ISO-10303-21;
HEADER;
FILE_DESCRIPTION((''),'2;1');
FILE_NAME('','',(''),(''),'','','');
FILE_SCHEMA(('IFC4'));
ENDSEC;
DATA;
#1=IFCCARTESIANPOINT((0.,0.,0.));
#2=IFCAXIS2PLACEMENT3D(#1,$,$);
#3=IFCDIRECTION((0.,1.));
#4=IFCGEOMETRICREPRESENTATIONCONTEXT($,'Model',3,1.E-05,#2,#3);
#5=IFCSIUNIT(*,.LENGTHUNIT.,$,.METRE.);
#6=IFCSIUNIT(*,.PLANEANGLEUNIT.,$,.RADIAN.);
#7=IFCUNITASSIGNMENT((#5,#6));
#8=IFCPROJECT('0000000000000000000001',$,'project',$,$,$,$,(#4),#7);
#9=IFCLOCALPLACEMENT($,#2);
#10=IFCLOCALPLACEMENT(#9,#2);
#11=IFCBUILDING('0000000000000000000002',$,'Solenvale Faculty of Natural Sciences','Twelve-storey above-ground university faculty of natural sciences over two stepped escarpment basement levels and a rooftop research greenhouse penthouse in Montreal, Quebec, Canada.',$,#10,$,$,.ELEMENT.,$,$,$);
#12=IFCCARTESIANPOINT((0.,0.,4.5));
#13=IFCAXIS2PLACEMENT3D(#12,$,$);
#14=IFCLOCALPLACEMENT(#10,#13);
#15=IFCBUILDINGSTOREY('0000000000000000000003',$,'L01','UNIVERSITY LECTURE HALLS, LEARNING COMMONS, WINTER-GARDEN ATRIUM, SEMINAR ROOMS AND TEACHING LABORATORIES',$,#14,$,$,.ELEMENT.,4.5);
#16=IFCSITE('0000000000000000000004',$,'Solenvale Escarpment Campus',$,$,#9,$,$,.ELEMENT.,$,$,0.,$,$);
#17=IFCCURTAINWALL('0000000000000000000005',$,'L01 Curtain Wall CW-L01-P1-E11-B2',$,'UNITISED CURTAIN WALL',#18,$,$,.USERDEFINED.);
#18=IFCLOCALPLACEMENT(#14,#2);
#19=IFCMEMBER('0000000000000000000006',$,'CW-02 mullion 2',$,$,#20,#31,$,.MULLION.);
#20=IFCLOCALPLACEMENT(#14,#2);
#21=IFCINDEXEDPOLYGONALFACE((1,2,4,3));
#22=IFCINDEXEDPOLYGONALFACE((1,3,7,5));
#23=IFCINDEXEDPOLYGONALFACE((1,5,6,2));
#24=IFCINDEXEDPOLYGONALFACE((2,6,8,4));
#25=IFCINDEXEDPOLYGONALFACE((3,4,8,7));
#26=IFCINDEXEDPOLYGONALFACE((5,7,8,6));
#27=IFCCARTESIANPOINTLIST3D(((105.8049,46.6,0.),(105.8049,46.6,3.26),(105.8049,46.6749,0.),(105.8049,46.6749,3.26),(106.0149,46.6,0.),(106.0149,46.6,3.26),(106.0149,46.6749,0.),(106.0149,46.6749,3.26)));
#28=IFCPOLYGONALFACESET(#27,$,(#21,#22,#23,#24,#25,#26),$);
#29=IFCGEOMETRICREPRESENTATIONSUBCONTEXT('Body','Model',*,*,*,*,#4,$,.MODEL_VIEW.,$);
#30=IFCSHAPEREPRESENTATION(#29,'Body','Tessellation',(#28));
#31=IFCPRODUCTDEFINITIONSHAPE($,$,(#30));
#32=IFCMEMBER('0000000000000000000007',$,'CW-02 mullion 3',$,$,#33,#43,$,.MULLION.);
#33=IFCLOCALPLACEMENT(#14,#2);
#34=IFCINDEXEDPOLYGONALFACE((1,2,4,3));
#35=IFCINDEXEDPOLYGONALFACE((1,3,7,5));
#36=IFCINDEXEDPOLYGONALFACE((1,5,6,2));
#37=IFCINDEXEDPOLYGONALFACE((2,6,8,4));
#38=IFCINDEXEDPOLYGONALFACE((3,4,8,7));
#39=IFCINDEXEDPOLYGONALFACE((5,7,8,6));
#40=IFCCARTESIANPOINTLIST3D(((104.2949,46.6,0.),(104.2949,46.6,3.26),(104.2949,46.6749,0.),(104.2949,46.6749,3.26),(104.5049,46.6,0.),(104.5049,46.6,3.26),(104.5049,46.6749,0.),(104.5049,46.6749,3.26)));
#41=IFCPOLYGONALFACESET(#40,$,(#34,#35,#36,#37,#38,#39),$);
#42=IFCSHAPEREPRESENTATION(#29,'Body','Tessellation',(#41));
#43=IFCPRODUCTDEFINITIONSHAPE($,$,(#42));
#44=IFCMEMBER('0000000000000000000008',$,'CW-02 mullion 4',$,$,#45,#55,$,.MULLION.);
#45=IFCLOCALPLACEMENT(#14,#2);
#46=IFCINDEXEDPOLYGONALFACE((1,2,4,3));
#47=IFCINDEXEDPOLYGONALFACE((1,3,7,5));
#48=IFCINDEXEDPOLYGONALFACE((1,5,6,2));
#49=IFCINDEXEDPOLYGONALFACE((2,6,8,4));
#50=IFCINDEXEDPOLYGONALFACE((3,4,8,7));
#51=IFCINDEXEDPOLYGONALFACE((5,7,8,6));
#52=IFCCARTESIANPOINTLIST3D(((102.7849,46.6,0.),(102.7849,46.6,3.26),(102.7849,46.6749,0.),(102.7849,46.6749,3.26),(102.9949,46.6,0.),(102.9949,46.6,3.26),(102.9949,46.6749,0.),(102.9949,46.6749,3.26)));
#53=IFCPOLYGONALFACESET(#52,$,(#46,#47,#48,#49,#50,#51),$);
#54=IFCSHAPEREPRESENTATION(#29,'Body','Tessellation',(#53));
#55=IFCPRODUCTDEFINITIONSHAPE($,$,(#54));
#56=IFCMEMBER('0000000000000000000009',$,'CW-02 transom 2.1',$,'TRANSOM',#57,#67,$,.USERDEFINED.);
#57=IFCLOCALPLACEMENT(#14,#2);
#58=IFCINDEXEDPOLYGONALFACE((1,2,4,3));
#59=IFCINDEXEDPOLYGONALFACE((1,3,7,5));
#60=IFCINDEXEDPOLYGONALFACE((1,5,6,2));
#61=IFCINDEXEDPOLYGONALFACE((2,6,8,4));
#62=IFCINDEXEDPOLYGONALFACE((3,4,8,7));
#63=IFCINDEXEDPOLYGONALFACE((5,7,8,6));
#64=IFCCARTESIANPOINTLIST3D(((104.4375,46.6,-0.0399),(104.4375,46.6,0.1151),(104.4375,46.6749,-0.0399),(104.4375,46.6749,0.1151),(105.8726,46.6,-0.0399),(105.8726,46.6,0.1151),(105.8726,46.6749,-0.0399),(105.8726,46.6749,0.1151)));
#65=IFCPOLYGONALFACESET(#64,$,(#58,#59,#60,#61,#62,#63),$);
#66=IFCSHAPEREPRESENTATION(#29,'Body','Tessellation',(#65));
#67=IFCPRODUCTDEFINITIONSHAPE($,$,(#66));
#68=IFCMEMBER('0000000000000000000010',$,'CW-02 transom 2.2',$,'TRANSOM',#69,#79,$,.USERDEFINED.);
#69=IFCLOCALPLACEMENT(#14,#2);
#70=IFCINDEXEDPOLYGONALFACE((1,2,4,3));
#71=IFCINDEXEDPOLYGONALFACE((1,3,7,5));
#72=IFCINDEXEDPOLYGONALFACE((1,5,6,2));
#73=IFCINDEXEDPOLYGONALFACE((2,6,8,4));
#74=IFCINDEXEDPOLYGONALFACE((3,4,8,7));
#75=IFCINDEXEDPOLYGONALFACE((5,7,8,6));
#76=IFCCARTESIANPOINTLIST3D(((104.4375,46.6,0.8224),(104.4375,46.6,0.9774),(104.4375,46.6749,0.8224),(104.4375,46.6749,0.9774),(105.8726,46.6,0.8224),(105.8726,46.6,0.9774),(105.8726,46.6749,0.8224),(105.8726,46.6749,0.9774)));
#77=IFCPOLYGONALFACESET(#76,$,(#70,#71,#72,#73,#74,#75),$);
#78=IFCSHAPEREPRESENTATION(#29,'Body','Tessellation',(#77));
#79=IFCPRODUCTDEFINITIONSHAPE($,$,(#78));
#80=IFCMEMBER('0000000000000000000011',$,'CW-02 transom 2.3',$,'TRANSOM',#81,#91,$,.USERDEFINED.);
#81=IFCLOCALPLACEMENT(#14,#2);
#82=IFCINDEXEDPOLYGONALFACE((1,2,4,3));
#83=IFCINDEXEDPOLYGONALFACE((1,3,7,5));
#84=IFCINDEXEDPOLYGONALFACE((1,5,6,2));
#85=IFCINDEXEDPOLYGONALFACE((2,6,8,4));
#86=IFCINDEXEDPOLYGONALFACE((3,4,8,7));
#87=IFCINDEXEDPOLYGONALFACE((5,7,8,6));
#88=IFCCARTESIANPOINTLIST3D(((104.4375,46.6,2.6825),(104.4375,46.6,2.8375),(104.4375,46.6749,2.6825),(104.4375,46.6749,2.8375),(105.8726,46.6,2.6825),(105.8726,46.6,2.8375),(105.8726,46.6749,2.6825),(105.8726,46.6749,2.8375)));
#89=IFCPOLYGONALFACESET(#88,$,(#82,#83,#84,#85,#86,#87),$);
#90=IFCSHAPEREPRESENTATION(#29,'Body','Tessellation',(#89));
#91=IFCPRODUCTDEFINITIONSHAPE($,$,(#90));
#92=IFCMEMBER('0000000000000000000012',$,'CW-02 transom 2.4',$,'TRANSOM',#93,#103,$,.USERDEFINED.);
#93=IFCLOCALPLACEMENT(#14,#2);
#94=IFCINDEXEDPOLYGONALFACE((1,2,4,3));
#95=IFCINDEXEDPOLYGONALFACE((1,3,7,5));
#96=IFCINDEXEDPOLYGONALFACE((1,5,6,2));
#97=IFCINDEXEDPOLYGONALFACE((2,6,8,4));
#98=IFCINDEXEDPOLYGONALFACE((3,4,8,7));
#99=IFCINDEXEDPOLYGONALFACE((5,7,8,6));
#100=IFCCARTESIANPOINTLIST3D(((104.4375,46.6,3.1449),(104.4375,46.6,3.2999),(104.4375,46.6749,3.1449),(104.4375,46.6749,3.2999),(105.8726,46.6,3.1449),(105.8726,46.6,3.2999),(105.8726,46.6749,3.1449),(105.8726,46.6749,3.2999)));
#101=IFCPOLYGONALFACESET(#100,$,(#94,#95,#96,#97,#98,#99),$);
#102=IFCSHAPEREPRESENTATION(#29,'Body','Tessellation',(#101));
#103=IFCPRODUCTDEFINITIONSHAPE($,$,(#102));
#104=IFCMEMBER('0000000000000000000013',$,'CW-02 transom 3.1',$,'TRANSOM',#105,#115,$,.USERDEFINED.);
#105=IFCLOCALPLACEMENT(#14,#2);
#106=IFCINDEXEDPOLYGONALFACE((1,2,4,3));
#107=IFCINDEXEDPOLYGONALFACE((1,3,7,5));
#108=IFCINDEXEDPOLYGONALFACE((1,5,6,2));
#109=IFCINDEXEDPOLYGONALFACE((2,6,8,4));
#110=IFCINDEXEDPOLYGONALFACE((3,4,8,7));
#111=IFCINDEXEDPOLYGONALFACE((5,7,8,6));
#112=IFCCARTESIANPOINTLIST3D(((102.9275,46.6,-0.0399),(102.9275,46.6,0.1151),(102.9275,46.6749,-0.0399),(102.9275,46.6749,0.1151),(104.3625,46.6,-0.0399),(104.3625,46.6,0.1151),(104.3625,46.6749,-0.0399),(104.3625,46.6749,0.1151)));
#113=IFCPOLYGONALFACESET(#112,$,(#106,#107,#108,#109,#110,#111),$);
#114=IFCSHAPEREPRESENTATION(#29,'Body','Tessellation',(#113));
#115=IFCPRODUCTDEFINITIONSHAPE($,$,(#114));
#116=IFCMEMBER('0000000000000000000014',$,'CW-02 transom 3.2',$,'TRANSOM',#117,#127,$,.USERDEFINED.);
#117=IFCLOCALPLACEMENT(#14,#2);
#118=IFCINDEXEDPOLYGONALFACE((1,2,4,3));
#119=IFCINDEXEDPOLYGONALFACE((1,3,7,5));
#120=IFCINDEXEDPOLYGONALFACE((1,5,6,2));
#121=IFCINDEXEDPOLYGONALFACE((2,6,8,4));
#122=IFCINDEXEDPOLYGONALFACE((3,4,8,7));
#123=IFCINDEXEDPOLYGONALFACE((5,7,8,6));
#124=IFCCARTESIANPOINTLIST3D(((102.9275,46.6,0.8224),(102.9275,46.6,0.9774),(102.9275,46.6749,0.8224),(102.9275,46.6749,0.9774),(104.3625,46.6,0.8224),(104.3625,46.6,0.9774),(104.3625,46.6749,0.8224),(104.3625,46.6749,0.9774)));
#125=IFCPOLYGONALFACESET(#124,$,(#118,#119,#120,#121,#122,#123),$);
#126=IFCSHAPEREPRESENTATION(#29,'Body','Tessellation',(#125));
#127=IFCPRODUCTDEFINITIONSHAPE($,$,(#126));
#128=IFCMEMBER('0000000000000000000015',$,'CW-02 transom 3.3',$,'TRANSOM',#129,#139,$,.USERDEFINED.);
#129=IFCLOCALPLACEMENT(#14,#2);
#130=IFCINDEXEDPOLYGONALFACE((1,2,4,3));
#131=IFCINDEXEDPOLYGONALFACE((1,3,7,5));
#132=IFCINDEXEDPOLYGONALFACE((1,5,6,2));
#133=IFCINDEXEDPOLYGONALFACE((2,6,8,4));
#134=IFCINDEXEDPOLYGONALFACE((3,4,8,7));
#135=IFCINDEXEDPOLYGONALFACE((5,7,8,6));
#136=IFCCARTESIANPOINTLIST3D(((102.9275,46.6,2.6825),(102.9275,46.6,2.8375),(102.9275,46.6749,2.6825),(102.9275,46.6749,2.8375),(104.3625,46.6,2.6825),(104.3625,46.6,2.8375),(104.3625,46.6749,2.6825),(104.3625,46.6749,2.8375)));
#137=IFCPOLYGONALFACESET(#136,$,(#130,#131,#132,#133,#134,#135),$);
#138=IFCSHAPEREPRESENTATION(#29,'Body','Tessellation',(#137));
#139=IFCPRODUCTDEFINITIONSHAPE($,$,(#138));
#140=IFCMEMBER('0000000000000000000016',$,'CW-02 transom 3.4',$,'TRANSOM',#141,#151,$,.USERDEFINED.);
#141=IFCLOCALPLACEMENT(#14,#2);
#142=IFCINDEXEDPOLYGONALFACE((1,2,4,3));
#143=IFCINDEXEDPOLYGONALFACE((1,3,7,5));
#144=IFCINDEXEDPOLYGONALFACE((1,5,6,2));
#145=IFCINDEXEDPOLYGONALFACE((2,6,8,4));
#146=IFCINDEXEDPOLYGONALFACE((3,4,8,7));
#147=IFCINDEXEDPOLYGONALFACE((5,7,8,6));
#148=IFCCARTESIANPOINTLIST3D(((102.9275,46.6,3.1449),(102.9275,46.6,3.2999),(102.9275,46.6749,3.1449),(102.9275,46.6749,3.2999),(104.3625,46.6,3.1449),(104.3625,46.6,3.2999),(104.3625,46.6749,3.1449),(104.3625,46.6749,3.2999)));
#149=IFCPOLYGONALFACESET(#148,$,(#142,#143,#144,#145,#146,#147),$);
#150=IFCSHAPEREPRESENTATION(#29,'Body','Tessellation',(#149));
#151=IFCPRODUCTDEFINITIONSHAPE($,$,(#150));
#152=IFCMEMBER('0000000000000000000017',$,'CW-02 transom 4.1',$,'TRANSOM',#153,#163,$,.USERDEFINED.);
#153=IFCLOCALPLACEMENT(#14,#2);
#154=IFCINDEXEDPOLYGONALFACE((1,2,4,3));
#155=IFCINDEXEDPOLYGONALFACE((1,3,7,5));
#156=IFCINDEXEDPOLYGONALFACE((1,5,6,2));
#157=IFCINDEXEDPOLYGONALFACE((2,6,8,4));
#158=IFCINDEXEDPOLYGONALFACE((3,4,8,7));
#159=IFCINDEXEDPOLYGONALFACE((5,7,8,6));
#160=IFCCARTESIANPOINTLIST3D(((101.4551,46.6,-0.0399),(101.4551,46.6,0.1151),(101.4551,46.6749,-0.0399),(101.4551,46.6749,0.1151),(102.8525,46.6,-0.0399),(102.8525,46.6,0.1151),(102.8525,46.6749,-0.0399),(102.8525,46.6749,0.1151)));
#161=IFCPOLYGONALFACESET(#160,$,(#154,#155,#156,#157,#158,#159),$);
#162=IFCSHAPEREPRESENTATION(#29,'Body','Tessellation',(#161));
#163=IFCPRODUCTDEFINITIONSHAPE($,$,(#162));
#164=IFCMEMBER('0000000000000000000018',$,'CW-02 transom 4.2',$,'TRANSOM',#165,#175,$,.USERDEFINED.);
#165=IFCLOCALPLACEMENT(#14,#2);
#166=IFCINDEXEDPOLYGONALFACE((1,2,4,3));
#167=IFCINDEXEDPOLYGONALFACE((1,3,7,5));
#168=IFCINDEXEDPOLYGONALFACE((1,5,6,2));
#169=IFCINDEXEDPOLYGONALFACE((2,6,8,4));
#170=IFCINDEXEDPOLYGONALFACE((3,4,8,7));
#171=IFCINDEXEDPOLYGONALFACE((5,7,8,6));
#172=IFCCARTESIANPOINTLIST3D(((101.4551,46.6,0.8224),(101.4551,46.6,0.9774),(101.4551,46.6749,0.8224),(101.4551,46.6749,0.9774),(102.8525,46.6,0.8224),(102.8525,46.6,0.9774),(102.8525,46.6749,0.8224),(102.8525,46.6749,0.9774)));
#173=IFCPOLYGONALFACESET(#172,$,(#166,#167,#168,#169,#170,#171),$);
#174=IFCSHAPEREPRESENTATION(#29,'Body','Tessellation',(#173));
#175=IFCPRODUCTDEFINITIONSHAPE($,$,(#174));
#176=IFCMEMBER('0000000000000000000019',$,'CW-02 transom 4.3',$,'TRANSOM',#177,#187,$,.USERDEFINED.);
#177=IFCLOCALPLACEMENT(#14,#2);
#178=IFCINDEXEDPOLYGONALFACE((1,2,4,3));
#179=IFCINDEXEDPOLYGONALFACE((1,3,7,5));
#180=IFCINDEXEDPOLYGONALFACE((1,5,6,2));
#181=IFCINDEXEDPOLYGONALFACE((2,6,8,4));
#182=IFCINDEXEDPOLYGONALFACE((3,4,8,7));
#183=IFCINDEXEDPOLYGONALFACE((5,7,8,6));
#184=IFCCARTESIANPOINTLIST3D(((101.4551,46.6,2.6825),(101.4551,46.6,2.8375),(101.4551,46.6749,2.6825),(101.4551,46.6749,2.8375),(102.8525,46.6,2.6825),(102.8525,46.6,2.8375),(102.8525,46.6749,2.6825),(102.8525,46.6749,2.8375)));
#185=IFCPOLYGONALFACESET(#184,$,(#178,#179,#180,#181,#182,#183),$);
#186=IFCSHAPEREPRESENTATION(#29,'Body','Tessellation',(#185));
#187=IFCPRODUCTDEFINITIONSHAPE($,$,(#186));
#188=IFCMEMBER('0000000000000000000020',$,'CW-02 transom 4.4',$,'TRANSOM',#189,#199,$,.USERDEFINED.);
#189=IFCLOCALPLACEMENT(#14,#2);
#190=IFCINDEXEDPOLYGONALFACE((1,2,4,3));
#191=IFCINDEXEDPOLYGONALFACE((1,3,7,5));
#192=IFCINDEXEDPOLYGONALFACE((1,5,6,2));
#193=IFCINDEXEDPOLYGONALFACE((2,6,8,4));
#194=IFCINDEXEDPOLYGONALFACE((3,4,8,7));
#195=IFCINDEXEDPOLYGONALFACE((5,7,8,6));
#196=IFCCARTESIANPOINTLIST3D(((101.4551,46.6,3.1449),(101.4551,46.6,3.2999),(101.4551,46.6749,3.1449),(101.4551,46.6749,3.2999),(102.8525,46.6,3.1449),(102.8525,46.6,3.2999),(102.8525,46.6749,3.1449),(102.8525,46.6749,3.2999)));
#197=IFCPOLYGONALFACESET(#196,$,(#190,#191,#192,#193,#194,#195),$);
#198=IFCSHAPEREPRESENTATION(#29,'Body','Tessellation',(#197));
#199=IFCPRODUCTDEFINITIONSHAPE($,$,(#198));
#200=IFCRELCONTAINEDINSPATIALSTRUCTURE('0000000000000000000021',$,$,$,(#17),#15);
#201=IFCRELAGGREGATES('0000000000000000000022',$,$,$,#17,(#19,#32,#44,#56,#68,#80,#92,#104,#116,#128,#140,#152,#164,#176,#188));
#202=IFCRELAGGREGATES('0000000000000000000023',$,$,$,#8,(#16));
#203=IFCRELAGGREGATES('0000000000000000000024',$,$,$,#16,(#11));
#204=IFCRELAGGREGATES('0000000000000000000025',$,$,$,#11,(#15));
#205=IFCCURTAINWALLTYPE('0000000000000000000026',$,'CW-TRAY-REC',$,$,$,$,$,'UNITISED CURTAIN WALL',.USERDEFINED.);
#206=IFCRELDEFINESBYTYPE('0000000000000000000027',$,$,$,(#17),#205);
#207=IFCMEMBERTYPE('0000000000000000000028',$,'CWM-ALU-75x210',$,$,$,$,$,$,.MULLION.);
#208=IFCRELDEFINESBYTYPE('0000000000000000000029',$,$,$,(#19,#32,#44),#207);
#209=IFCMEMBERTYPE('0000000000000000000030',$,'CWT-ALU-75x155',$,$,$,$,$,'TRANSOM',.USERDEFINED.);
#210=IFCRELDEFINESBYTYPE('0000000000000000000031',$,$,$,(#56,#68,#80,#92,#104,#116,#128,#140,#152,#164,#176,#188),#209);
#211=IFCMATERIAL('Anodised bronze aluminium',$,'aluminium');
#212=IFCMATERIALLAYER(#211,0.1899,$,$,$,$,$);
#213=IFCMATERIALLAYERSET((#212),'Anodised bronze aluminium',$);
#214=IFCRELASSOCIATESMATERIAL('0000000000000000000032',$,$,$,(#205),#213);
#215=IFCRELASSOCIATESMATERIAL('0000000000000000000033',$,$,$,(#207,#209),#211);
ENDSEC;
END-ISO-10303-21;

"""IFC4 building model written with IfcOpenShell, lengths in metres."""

from ifc_helpers import new_model, si_unit, direction, frame, origin, origin_2d, place, context, subcontext, project, spatial, rectangle, extrude, material, layer, layer_set, material_profile, profile_set, type_object, element, aggregate, save


model = new_model("IFC4")

# Units and contexts
model_context = context("Model", 3, precision=1e-05, world=origin(), true_north=direction((0.0, 1.0)))
body_context = subcontext(model_context, "Body", "Model", "MODEL_VIEW")
ifc_project = project(units=[si_unit("LENGTHUNIT", "METRE"), si_unit("PLANEANGLEUNIT", "RADIAN")], contexts=[model_context])

# Site, building, storey
site_placement = place(None, origin())
site = spatial("IfcSite", under=ifc_project, at=site_placement, Name="Solenvale Escarpment Campus", CompositionType="ELEMENT", RefElevation=0.0)
building_placement = place(site_placement, origin())
building = spatial("IfcBuilding", under=site, at=building_placement, Name="Solenvale Faculty of Natural Sciences", Description="Twelve-storey above-ground university faculty of natural sciences over two stepped escarpment basement levels and a rooftop research greenhouse penthouse in Montreal, Quebec, Canada.", CompositionType="ELEMENT")
storey_placement = place(building_placement, frame((0.0, 0.0, 4.5)))
storey = spatial("IfcBuildingStorey", under=building, at=storey_placement, Name="L01", Description="UNIVERSITY LECTURE HALLS, LEARNING COMMONS, WINTER-GARDEN ATRIUM, SEMINAR ROOMS AND TEACHING LABORATORIES", CompositionType="ELEMENT", Elevation=4.5)

# Curtain wall, members
ifc_material = material(Name="Anodised bronze aluminium", Category="aluminium")
ifc_layer_1 = layer(ifc_material, 0.1899)
ifc_layer_set_1 = layer_set([ifc_layer_1], Name="Anodised bronze aluminium")
curtain_wall_type = type_object("IfcCurtainWallType", Name="CW-TRAY-REC", ElementType="UNITISED CURTAIN WALL", PredefinedType="USERDEFINED", material=ifc_layer_set_1)
curtain_wall_placement = place(storey_placement, origin())
curtain_wall = element("IfcCurtainWall", 1, at=curtain_wall_placement, inside=storey, type_object=curtain_wall_type, Name="L01 Curtain Wall CW-L01-P1-E11-B2", ObjectType="UNITISED CURTAIN WALL", PredefinedType="USERDEFINED")
ifc_material_profile_1 = material_profile(ifc_material, rectangle(XDim=0.075, YDim=0.21, at=origin_2d()), Name="ALU-MUL-75x210")
ifc_profile_set_1 = profile_set([ifc_material_profile_1], Name="Anodised bronze aluminium")
member_type_1 = type_object("IfcMemberType", Name="CWM-ALU-75x210", PredefinedType="MULLION", material=ifc_profile_set_1)
member_1_placement = place(storey_placement, frame((105.9099, 46.6375, 0.0), z_axis=(0.0, 0.0, 1.0), x_axis=(0.0, -1.0, 0.0)))
member_1 = element("IfcMember", 2, at=member_1_placement, type_object=member_type_1, Name="CW-02 mullion 2", PredefinedType="MULLION", context=body_context, shape_type="SweptSolid", body=[
    extrude(rectangle(XDim=0.075, YDim=0.21, at=origin_2d()), origin(), (0.0, 0.0, 1.0), 3.26),
])
member_2_placement = place(storey_placement, frame((104.3999, 46.6375, 0.0), z_axis=(0.0, 0.0, 1.0), x_axis=(0.0, -1.0, 0.0)))
member_2 = element("IfcMember", 3, at=member_2_placement, type_object=member_type_1, Name="CW-02 mullion 3", PredefinedType="MULLION", context=body_context, shape_type="SweptSolid", body=[
    extrude(rectangle(XDim=0.075, YDim=0.21, at=origin_2d()), origin(), (0.0, 0.0, 1.0), 3.26),
])
member_3_placement = place(storey_placement, frame((102.8899, 46.6375, 0.0), z_axis=(0.0, 0.0, 1.0), x_axis=(0.0, -1.0, 0.0)))
member_3 = element("IfcMember", 4, at=member_3_placement, type_object=member_type_1, Name="CW-02 mullion 4", PredefinedType="MULLION", context=body_context, shape_type="SweptSolid", body=[
    extrude(rectangle(XDim=0.075, YDim=0.21, at=origin_2d()), origin(), (0.0, 0.0, 1.0), 3.26),
])
ifc_material_profile_2 = material_profile(ifc_material, rectangle(XDim=0.075, YDim=0.155, at=origin_2d()), Name="ALU-TRN-75x155")
ifc_profile_set_2 = profile_set([ifc_material_profile_2], Name="Anodised bronze aluminium")
member_type_2 = type_object("IfcMemberType", Name="CWT-ALU-75x155", ElementType="TRANSOM", PredefinedType="USERDEFINED", material=ifc_profile_set_2)
member_4_placement = place(storey_placement, frame((105.8726, 46.6375, 0.0376), z_axis=(-1.0, 0.0, 0.0), x_axis=(0.0, -1.0, 0.0)))
member_4 = element("IfcMember", 5, at=member_4_placement, type_object=member_type_2, Name="CW-02 transom 2.1", ObjectType="TRANSOM", PredefinedType="USERDEFINED", context=body_context, shape_type="SweptSolid", body=[
    extrude(rectangle(XDim=0.075, YDim=0.155, at=origin_2d()), origin(), (0.0, 0.0, 1.0), 1.4351),
])
member_5_placement = place(storey_placement, frame((105.8726, 46.6375, 0.8999), z_axis=(-1.0, 0.0, 0.0), x_axis=(0.0, -1.0, 0.0)))
member_5 = element("IfcMember", 6, at=member_5_placement, type_object=member_type_2, Name="CW-02 transom 2.2", ObjectType="TRANSOM", PredefinedType="USERDEFINED", context=body_context, shape_type="SweptSolid", body=[
    extrude(rectangle(XDim=0.075, YDim=0.155, at=origin_2d()), origin(), (0.0, 0.0, 1.0), 1.4351),
])
member_6_placement = place(storey_placement, frame((105.8726, 46.6375, 2.76), z_axis=(-1.0, 0.0, 0.0), x_axis=(0.0, -1.0, 0.0)))
member_6 = element("IfcMember", 7, at=member_6_placement, type_object=member_type_2, Name="CW-02 transom 2.3", ObjectType="TRANSOM", PredefinedType="USERDEFINED", context=body_context, shape_type="SweptSolid", body=[
    extrude(rectangle(XDim=0.075, YDim=0.155, at=origin_2d()), origin(), (0.0, 0.0, 1.0), 1.4351),
])
member_7_placement = place(storey_placement, frame((105.8726, 46.6375, 3.2224), z_axis=(-1.0, 0.0, 0.0), x_axis=(0.0, -1.0, 0.0)))
member_7 = element("IfcMember", 8, at=member_7_placement, type_object=member_type_2, Name="CW-02 transom 2.4", ObjectType="TRANSOM", PredefinedType="USERDEFINED", context=body_context, shape_type="SweptSolid", body=[
    extrude(rectangle(XDim=0.075, YDim=0.155, at=origin_2d()), origin(), (0.0, 0.0, 1.0), 1.4351),
])
member_8_placement = place(storey_placement, frame((104.3625, 46.6375, 0.0376), z_axis=(-1.0, 0.0, 0.0), x_axis=(0.0, -1.0, 0.0)))
member_8 = element("IfcMember", 9, at=member_8_placement, type_object=member_type_2, Name="CW-02 transom 3.1", ObjectType="TRANSOM", PredefinedType="USERDEFINED", context=body_context, shape_type="SweptSolid", body=[
    extrude(rectangle(XDim=0.075, YDim=0.155, at=origin_2d()), origin(), (0.0, 0.0, 1.0), 1.4351),
])
member_9_placement = place(storey_placement, frame((104.3625, 46.6375, 0.8999), z_axis=(-1.0, 0.0, 0.0), x_axis=(0.0, -1.0, 0.0)))
member_9 = element("IfcMember", 10, at=member_9_placement, type_object=member_type_2, Name="CW-02 transom 3.2", ObjectType="TRANSOM", PredefinedType="USERDEFINED", context=body_context, shape_type="SweptSolid", body=[
    extrude(rectangle(XDim=0.075, YDim=0.155, at=origin_2d()), origin(), (0.0, 0.0, 1.0), 1.4351),
])
member_10_placement = place(storey_placement, frame((104.3625, 46.6375, 2.76), z_axis=(-1.0, 0.0, 0.0), x_axis=(0.0, -1.0, 0.0)))
member_10 = element("IfcMember", 11, at=member_10_placement, type_object=member_type_2, Name="CW-02 transom 3.3", ObjectType="TRANSOM", PredefinedType="USERDEFINED", context=body_context, shape_type="SweptSolid", body=[
    extrude(rectangle(XDim=0.075, YDim=0.155, at=origin_2d()), origin(), (0.0, 0.0, 1.0), 1.4351),
])
member_11_placement = place(storey_placement, frame((104.3625, 46.6375, 3.2224), z_axis=(-1.0, 0.0, 0.0), x_axis=(0.0, -1.0, 0.0)))
member_11 = element("IfcMember", 12, at=member_11_placement, type_object=member_type_2, Name="CW-02 transom 3.4", ObjectType="TRANSOM", PredefinedType="USERDEFINED", context=body_context, shape_type="SweptSolid", body=[
    extrude(rectangle(XDim=0.075, YDim=0.155, at=origin_2d()), origin(), (0.0, 0.0, 1.0), 1.4351),
])
member_12_placement = place(storey_placement, frame((102.8525, 46.6375, 0.0376), z_axis=(-1.0, 0.0, 0.0), x_axis=(0.0, -1.0, 0.0)))
member_12 = element("IfcMember", 13, at=member_12_placement, type_object=member_type_2, Name="CW-02 transom 4.1", ObjectType="TRANSOM", PredefinedType="USERDEFINED", context=body_context, shape_type="SweptSolid", body=[
    extrude(rectangle(XDim=0.075, YDim=0.155, at=origin_2d()), origin(), (0.0, 0.0, 1.0), 1.3975),
])
member_13_placement = place(storey_placement, frame((102.8525, 46.6375, 0.8999), z_axis=(-1.0, 0.0, 0.0), x_axis=(0.0, -1.0, 0.0)))
member_13 = element("IfcMember", 14, at=member_13_placement, type_object=member_type_2, Name="CW-02 transom 4.2", ObjectType="TRANSOM", PredefinedType="USERDEFINED", context=body_context, shape_type="SweptSolid", body=[
    extrude(rectangle(XDim=0.075, YDim=0.155, at=origin_2d()), origin(), (0.0, 0.0, 1.0), 1.3975),
])
member_14_placement = place(storey_placement, frame((102.8525, 46.6375, 2.76), z_axis=(-1.0, 0.0, 0.0), x_axis=(0.0, -1.0, 0.0)))
member_14 = element("IfcMember", 15, at=member_14_placement, type_object=member_type_2, Name="CW-02 transom 4.3", ObjectType="TRANSOM", PredefinedType="USERDEFINED", context=body_context, shape_type="SweptSolid", body=[
    extrude(rectangle(XDim=0.075, YDim=0.155, at=origin_2d()), origin(), (0.0, 0.0, 1.0), 1.3975),
])
member_15_placement = place(storey_placement, frame((102.8525, 46.6375, 3.2224), z_axis=(-1.0, 0.0, 0.0), x_axis=(0.0, -1.0, 0.0)))
member_15 = element("IfcMember", 16, at=member_15_placement, type_object=member_type_2, Name="CW-02 transom 4.4", ObjectType="TRANSOM", PredefinedType="USERDEFINED", context=body_context, shape_type="SweptSolid", body=[
    extrude(rectangle(XDim=0.075, YDim=0.155, at=origin_2d()), origin(), (0.0, 0.0, 1.0), 1.3975),
])
aggregate(curtain_wall, [member_1, member_2, member_3, member_4, member_5, member_6, member_7, member_8, member_9, member_10, member_11, member_12, member_13, member_14, member_15])

save(model, "model.ifc")
